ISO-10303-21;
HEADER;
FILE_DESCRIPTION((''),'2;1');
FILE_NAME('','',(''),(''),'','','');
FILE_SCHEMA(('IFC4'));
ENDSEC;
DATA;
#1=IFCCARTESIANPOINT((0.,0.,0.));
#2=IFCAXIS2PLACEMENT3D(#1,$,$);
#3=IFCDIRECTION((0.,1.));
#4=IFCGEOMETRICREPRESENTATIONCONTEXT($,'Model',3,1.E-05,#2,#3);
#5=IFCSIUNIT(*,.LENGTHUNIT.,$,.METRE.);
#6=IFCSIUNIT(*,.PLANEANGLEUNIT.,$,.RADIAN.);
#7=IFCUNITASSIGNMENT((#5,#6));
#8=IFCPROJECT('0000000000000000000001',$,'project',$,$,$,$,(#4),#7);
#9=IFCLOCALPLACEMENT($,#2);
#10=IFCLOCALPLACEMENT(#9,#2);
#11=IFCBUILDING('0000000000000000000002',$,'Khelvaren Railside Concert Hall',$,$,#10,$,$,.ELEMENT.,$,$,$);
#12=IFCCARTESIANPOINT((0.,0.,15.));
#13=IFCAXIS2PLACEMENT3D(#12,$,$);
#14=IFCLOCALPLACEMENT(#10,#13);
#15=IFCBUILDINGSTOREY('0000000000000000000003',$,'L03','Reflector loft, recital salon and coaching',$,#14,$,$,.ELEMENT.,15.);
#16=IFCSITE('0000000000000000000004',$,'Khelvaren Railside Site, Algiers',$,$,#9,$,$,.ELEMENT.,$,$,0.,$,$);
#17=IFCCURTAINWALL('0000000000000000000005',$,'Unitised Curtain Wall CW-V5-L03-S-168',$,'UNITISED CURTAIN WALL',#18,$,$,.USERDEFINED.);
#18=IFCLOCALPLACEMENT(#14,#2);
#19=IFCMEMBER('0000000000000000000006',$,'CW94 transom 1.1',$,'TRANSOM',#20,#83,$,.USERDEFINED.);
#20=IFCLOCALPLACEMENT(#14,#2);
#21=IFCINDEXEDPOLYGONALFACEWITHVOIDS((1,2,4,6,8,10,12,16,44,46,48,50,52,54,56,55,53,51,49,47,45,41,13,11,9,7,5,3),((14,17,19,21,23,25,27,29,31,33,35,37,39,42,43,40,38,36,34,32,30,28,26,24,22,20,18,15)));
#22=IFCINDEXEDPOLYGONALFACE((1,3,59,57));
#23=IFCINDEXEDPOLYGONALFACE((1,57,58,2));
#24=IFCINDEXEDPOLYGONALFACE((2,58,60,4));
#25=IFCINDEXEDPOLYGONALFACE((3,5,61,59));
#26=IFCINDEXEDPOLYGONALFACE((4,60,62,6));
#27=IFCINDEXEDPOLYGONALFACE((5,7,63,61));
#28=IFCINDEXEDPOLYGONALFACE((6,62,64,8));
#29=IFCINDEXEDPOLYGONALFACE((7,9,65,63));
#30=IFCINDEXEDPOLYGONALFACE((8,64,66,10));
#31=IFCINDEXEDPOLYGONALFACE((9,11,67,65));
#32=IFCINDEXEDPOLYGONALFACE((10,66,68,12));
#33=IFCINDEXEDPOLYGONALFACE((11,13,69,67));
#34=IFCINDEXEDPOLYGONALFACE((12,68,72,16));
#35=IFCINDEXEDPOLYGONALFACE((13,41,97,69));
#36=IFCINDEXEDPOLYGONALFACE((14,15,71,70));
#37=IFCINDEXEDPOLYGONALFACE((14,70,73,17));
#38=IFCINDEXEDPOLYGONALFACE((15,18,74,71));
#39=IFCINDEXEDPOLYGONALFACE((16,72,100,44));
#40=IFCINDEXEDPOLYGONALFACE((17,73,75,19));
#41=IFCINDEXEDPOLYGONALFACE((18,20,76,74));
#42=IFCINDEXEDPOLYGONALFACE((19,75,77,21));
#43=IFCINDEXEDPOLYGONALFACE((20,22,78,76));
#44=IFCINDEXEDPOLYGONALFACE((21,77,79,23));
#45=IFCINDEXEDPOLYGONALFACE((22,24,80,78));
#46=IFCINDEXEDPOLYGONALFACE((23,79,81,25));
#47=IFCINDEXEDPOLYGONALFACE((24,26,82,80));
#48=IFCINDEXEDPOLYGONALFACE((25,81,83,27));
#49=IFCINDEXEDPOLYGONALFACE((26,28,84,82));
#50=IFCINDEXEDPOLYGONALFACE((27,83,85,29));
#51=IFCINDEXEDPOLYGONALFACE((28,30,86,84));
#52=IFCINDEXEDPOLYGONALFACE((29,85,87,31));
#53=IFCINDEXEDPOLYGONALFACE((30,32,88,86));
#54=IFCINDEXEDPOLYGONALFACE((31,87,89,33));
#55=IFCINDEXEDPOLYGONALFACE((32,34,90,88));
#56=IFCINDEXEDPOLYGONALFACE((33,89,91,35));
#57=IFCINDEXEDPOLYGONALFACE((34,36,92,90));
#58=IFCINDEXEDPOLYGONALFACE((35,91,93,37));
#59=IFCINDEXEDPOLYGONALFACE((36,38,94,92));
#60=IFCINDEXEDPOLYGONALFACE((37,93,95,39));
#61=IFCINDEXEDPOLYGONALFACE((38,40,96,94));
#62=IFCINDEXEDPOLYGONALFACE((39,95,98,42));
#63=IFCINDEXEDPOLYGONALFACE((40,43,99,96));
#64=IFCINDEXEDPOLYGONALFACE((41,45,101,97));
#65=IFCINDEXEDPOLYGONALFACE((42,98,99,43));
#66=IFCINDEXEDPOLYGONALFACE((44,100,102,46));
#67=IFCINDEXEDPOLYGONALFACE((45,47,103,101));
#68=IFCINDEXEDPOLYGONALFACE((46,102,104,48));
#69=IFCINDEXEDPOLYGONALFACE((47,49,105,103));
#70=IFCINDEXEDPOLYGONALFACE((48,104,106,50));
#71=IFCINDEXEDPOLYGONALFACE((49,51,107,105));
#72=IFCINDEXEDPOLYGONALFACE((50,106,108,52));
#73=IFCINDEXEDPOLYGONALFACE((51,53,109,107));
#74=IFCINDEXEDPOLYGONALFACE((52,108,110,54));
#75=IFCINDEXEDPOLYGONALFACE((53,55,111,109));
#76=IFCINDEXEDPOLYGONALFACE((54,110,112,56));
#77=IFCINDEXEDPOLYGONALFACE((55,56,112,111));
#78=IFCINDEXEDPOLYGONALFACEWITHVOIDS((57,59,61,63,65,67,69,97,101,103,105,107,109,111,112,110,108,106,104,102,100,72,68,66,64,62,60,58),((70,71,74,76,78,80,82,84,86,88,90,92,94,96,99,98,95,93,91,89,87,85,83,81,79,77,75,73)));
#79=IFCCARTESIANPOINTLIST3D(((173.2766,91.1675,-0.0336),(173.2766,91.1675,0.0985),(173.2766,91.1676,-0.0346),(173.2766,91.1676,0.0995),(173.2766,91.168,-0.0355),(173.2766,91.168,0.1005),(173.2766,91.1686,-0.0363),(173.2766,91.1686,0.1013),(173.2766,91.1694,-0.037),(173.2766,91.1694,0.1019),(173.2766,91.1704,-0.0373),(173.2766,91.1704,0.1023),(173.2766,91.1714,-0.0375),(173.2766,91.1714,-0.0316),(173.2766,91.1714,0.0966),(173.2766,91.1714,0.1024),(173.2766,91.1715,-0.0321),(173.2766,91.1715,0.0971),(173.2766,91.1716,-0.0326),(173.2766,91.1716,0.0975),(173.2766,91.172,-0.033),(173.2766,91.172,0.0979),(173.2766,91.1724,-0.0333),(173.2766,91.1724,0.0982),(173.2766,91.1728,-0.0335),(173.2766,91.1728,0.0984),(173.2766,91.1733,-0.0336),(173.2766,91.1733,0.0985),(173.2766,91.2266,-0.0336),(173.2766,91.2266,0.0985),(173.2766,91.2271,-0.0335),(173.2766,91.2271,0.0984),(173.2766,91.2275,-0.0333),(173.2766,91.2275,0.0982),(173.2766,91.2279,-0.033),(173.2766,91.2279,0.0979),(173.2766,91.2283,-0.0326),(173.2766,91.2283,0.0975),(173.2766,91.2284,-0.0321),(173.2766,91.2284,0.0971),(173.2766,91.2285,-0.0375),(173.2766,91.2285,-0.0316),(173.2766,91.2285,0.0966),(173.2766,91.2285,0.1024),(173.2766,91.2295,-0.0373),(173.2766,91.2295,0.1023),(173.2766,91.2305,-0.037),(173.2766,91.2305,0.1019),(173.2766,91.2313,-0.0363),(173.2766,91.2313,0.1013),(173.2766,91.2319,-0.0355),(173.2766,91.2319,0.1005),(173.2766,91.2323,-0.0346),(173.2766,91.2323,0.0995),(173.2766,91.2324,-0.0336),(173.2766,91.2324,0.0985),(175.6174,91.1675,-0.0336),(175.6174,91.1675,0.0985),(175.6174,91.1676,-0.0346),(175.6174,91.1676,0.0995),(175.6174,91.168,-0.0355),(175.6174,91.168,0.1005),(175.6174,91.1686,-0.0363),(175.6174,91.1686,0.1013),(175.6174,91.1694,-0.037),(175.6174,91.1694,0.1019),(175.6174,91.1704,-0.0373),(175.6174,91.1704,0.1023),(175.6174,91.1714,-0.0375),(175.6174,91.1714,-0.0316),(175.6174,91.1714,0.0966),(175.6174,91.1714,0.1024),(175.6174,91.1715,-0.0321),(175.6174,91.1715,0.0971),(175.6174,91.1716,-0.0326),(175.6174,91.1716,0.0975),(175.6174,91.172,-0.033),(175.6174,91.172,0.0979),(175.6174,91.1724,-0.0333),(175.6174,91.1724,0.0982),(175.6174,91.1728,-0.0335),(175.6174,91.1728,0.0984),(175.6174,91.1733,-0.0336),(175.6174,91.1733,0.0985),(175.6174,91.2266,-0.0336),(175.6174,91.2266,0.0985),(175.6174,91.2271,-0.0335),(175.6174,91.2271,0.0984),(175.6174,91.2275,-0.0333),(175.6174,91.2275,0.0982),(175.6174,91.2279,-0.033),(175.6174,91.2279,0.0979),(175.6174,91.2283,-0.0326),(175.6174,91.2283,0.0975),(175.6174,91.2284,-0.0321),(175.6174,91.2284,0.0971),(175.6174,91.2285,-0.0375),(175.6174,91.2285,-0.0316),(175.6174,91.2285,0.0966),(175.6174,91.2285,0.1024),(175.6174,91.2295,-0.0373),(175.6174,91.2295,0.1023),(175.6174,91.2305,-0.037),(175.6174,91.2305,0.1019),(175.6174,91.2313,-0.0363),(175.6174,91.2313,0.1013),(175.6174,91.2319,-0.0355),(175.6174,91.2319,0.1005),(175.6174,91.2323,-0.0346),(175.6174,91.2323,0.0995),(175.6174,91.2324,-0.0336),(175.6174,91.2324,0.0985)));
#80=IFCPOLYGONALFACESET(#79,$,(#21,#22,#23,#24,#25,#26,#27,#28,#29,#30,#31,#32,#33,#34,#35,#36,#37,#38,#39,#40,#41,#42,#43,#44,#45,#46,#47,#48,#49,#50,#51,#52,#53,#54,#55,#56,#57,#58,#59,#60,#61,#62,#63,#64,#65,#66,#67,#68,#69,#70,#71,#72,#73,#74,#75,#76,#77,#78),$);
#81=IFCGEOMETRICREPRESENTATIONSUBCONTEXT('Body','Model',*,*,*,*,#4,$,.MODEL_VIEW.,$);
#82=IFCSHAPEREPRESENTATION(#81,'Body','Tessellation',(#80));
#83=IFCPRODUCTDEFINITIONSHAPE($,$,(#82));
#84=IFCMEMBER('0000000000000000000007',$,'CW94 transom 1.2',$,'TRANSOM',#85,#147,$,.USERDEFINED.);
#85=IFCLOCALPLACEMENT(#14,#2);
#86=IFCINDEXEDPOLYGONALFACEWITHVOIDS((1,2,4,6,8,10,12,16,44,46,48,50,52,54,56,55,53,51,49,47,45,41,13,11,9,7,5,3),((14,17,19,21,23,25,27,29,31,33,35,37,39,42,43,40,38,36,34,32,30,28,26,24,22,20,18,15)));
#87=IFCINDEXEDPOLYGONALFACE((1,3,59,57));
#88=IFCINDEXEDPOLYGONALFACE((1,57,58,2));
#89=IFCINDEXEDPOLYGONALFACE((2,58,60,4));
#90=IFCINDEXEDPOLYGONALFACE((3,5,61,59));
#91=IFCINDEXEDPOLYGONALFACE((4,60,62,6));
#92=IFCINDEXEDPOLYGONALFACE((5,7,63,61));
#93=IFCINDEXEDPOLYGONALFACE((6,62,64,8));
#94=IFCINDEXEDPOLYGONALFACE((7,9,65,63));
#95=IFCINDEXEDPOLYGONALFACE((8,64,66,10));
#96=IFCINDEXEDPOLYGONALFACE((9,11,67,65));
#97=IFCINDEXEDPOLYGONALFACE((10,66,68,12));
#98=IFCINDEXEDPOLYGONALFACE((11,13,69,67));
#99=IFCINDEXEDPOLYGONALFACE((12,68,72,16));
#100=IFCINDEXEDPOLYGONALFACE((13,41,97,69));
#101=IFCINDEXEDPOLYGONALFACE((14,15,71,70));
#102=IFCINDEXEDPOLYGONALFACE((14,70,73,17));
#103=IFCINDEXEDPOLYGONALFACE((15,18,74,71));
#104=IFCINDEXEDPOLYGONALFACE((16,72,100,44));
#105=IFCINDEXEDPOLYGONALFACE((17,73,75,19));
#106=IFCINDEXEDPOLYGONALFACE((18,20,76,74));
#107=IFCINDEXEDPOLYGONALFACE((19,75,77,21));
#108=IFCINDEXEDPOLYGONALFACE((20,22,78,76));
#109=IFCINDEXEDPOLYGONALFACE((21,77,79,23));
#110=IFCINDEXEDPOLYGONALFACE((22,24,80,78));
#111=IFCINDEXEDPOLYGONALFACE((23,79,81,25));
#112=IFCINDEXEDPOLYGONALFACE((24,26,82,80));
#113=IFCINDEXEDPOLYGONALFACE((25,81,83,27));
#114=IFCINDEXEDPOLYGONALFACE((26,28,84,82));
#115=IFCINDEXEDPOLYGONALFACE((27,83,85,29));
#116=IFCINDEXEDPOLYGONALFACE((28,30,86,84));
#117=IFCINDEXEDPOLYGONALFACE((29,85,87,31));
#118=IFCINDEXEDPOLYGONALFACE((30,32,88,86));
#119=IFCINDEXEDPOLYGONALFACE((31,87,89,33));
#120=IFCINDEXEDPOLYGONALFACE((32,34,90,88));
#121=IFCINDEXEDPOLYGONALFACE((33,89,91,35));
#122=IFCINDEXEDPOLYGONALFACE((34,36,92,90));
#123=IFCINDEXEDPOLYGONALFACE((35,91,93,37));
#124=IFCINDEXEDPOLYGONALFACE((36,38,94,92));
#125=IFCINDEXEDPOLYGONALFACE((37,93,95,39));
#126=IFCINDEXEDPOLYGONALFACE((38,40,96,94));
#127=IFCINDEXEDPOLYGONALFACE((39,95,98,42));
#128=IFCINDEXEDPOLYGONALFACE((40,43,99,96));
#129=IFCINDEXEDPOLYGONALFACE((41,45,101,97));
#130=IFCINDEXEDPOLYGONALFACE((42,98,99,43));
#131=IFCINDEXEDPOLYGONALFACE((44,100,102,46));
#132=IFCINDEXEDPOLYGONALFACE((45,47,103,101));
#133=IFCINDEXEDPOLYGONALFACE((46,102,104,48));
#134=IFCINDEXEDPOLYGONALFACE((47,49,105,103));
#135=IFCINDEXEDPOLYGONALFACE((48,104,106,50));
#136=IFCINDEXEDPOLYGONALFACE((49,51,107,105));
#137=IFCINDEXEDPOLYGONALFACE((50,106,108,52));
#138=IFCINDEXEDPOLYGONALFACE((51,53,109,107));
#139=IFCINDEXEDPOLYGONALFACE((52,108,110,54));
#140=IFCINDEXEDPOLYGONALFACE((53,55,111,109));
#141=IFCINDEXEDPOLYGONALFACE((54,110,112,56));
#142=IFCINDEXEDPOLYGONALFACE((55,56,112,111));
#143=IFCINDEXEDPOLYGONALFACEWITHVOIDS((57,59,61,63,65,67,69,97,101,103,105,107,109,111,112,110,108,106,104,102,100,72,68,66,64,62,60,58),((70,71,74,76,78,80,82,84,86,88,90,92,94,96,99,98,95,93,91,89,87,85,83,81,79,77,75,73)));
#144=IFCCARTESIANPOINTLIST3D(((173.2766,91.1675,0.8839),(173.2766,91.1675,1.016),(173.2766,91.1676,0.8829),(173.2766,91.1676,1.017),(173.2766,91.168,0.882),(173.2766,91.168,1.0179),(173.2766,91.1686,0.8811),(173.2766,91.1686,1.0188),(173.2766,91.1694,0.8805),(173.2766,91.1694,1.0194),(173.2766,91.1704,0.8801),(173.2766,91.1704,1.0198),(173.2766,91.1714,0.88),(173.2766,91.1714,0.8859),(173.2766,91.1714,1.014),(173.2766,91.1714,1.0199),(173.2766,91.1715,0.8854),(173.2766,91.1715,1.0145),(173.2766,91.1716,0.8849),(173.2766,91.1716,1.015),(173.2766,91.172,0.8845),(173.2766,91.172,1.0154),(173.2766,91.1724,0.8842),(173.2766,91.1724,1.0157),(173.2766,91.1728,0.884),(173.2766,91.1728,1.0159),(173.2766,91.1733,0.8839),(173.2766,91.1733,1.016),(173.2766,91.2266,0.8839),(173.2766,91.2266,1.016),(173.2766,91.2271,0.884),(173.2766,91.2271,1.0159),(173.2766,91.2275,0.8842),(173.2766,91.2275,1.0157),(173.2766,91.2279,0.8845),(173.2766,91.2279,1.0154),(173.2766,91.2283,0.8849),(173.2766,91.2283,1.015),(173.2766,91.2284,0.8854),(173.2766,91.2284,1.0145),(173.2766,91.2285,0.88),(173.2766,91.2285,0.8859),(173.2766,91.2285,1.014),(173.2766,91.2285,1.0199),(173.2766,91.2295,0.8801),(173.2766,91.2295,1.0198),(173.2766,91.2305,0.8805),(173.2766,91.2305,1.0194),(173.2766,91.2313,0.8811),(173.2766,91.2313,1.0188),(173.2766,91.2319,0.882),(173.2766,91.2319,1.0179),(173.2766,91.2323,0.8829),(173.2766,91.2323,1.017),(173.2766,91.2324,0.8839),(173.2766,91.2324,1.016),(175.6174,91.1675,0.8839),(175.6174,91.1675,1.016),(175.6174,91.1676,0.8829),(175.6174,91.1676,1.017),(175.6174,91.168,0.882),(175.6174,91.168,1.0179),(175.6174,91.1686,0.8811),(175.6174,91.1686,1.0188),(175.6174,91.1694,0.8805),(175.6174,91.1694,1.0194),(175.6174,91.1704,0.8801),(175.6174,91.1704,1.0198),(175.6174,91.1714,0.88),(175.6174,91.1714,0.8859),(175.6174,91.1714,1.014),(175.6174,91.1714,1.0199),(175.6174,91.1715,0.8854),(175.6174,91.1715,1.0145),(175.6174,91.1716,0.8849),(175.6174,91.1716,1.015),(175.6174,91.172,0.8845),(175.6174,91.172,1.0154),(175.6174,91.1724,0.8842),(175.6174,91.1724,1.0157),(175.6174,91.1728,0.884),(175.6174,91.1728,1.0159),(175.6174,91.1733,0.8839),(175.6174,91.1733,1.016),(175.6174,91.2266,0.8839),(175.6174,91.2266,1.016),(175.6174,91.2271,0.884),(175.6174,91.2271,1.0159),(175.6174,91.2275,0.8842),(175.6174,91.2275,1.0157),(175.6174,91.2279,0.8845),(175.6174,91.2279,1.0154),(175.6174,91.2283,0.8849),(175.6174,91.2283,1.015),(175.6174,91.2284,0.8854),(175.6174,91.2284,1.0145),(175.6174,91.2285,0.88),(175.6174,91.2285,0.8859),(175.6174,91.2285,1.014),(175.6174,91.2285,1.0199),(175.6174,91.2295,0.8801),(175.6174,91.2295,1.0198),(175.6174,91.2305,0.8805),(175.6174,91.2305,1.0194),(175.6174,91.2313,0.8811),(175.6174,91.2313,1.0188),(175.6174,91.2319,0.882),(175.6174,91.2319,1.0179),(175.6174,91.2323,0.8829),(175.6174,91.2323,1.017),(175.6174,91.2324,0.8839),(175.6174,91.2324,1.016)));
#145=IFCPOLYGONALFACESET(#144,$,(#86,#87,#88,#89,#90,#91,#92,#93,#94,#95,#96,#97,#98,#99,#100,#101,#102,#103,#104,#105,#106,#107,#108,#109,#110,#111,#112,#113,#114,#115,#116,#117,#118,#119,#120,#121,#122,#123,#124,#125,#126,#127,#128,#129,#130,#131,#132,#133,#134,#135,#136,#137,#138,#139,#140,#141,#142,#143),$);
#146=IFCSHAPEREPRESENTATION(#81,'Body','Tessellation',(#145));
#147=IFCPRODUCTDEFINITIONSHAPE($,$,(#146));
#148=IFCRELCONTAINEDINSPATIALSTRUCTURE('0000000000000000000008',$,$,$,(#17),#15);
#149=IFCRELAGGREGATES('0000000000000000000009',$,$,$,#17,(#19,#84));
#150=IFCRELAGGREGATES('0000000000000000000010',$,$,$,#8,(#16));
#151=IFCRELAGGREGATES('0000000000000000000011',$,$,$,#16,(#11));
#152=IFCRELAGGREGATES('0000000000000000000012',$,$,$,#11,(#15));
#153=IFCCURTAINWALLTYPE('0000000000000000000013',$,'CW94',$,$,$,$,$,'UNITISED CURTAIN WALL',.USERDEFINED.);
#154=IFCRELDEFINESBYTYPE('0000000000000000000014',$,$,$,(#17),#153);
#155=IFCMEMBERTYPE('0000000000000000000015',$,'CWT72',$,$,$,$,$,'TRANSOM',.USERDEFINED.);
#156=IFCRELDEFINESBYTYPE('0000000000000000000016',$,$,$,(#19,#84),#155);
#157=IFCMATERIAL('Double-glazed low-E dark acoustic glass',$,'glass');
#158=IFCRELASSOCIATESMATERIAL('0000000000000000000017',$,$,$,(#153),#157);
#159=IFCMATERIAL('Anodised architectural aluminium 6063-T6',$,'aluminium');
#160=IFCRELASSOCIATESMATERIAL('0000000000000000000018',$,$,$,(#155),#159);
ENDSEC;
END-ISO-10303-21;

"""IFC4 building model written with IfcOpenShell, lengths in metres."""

from ifc_helpers import new_model, si_unit, direction, frame, origin, origin_2d, place, context, subcontext, project, spatial, hollow_rectangle, extrude, material, material_profile, profile_set, type_object, element, aggregate, save


model = new_model("IFC4")

# Units and contexts
model_context = context("Model", 3, precision=1e-05, world=origin(), true_north=direction((0.0, 1.0)))
body_context = subcontext(model_context, "Body", "Model", "MODEL_VIEW")
ifc_project = project(units=[si_unit("LENGTHUNIT", "METRE"), si_unit("PLANEANGLEUNIT", "RADIAN")], contexts=[model_context])

# Site, building, storey
site_placement = place(None, origin())
site = spatial("IfcSite", under=ifc_project, at=site_placement, Name="Khelvaren Railside Site, Algiers", CompositionType="ELEMENT", RefElevation=0.0)
building_placement = place(site_placement, origin())
building = spatial("IfcBuilding", under=site, at=building_placement, Name="Khelvaren Railside Concert Hall", CompositionType="ELEMENT")
storey_placement = place(building_placement, frame((0.0, 0.0, 15.0)))
storey = spatial("IfcBuildingStorey", under=building, at=storey_placement, Name="L03", Description="Reflector loft, recital salon and coaching", CompositionType="ELEMENT", Elevation=15.0)

# Curtain wall
ifc_material_1 = material(Name="Double-glazed low-E dark acoustic glass", Category="glass")
curtain_wall_type_1 = type_object("IfcCurtainWallType", Name="CW94", ElementType="UNITISED CURTAIN WALL", PredefinedType="USERDEFINED", material=ifc_material_1)
curtain_wall_1_placement = place(storey_placement, origin())
curtain_wall_1 = element("IfcCurtainWall", 1, at=curtain_wall_1_placement, inside=storey, type_object=curtain_wall_type_1, Name="Unitised Curtain Wall CW-V5-L03-S-168", ObjectType="UNITISED CURTAIN WALL", PredefinedType="USERDEFINED")
ifc_material_2 = material(Name="Anodised architectural aluminium 6063-T6", Category="aluminium")

# Members
ifc_material_profile_1 = material_profile(ifc_material_2, hollow_rectangle(XDim=0.0649, YDim=0.1399, WallThickness=0.0039, InnerFilletRadius=0.002, OuterFilletRadius=0.0039, at=origin_2d()), Name="CWT 65x140x4")
ifc_profile_set_1 = profile_set([ifc_material_profile_1], Name="Anodised architectural aluminium 6063-T6")
member_type_1 = type_object("IfcMemberType", Name="CWT72", ElementType="TRANSOM", PredefinedType="USERDEFINED", material=ifc_profile_set_1)
member_1_placement = place(storey_placement, frame((175.6174, 91.2, 0.0325), z_axis=(-1.0, 0.0, 0.0), x_axis=(0.0, -1.0, 0.0)))
member_1 = element("IfcMember", 2, at=member_1_placement, type_object=member_type_1, Name="CW94 transom 1.1", ObjectType="TRANSOM", PredefinedType="USERDEFINED", context=body_context, shape_type="SweptSolid", body=[
    extrude(hollow_rectangle(XDim=0.0649, YDim=0.1399, WallThickness=0.0039, InnerFilletRadius=0.002, OuterFilletRadius=0.0039, at=origin_2d()), origin(), (0.0, 0.0, 1.0), 2.3408),
])
member_2_placement = place(storey_placement, frame((175.6174, 91.2, 0.95), z_axis=(-1.0, 0.0, 0.0), x_axis=(0.0, -1.0, 0.0)))
member_2 = element("IfcMember", 3, at=member_2_placement, type_object=member_type_1, Name="CW94 transom 1.2", ObjectType="TRANSOM", PredefinedType="USERDEFINED", context=body_context, shape_type="SweptSolid", body=[
    extrude(hollow_rectangle(XDim=0.0649, YDim=0.1399, WallThickness=0.0039, InnerFilletRadius=0.002, OuterFilletRadius=0.0039, at=origin_2d()), origin(), (0.0, 0.0, 1.0), 2.3408),
])

aggregate(curtain_wall_1, [member_1, member_2])

save(model, "model.ifc")
